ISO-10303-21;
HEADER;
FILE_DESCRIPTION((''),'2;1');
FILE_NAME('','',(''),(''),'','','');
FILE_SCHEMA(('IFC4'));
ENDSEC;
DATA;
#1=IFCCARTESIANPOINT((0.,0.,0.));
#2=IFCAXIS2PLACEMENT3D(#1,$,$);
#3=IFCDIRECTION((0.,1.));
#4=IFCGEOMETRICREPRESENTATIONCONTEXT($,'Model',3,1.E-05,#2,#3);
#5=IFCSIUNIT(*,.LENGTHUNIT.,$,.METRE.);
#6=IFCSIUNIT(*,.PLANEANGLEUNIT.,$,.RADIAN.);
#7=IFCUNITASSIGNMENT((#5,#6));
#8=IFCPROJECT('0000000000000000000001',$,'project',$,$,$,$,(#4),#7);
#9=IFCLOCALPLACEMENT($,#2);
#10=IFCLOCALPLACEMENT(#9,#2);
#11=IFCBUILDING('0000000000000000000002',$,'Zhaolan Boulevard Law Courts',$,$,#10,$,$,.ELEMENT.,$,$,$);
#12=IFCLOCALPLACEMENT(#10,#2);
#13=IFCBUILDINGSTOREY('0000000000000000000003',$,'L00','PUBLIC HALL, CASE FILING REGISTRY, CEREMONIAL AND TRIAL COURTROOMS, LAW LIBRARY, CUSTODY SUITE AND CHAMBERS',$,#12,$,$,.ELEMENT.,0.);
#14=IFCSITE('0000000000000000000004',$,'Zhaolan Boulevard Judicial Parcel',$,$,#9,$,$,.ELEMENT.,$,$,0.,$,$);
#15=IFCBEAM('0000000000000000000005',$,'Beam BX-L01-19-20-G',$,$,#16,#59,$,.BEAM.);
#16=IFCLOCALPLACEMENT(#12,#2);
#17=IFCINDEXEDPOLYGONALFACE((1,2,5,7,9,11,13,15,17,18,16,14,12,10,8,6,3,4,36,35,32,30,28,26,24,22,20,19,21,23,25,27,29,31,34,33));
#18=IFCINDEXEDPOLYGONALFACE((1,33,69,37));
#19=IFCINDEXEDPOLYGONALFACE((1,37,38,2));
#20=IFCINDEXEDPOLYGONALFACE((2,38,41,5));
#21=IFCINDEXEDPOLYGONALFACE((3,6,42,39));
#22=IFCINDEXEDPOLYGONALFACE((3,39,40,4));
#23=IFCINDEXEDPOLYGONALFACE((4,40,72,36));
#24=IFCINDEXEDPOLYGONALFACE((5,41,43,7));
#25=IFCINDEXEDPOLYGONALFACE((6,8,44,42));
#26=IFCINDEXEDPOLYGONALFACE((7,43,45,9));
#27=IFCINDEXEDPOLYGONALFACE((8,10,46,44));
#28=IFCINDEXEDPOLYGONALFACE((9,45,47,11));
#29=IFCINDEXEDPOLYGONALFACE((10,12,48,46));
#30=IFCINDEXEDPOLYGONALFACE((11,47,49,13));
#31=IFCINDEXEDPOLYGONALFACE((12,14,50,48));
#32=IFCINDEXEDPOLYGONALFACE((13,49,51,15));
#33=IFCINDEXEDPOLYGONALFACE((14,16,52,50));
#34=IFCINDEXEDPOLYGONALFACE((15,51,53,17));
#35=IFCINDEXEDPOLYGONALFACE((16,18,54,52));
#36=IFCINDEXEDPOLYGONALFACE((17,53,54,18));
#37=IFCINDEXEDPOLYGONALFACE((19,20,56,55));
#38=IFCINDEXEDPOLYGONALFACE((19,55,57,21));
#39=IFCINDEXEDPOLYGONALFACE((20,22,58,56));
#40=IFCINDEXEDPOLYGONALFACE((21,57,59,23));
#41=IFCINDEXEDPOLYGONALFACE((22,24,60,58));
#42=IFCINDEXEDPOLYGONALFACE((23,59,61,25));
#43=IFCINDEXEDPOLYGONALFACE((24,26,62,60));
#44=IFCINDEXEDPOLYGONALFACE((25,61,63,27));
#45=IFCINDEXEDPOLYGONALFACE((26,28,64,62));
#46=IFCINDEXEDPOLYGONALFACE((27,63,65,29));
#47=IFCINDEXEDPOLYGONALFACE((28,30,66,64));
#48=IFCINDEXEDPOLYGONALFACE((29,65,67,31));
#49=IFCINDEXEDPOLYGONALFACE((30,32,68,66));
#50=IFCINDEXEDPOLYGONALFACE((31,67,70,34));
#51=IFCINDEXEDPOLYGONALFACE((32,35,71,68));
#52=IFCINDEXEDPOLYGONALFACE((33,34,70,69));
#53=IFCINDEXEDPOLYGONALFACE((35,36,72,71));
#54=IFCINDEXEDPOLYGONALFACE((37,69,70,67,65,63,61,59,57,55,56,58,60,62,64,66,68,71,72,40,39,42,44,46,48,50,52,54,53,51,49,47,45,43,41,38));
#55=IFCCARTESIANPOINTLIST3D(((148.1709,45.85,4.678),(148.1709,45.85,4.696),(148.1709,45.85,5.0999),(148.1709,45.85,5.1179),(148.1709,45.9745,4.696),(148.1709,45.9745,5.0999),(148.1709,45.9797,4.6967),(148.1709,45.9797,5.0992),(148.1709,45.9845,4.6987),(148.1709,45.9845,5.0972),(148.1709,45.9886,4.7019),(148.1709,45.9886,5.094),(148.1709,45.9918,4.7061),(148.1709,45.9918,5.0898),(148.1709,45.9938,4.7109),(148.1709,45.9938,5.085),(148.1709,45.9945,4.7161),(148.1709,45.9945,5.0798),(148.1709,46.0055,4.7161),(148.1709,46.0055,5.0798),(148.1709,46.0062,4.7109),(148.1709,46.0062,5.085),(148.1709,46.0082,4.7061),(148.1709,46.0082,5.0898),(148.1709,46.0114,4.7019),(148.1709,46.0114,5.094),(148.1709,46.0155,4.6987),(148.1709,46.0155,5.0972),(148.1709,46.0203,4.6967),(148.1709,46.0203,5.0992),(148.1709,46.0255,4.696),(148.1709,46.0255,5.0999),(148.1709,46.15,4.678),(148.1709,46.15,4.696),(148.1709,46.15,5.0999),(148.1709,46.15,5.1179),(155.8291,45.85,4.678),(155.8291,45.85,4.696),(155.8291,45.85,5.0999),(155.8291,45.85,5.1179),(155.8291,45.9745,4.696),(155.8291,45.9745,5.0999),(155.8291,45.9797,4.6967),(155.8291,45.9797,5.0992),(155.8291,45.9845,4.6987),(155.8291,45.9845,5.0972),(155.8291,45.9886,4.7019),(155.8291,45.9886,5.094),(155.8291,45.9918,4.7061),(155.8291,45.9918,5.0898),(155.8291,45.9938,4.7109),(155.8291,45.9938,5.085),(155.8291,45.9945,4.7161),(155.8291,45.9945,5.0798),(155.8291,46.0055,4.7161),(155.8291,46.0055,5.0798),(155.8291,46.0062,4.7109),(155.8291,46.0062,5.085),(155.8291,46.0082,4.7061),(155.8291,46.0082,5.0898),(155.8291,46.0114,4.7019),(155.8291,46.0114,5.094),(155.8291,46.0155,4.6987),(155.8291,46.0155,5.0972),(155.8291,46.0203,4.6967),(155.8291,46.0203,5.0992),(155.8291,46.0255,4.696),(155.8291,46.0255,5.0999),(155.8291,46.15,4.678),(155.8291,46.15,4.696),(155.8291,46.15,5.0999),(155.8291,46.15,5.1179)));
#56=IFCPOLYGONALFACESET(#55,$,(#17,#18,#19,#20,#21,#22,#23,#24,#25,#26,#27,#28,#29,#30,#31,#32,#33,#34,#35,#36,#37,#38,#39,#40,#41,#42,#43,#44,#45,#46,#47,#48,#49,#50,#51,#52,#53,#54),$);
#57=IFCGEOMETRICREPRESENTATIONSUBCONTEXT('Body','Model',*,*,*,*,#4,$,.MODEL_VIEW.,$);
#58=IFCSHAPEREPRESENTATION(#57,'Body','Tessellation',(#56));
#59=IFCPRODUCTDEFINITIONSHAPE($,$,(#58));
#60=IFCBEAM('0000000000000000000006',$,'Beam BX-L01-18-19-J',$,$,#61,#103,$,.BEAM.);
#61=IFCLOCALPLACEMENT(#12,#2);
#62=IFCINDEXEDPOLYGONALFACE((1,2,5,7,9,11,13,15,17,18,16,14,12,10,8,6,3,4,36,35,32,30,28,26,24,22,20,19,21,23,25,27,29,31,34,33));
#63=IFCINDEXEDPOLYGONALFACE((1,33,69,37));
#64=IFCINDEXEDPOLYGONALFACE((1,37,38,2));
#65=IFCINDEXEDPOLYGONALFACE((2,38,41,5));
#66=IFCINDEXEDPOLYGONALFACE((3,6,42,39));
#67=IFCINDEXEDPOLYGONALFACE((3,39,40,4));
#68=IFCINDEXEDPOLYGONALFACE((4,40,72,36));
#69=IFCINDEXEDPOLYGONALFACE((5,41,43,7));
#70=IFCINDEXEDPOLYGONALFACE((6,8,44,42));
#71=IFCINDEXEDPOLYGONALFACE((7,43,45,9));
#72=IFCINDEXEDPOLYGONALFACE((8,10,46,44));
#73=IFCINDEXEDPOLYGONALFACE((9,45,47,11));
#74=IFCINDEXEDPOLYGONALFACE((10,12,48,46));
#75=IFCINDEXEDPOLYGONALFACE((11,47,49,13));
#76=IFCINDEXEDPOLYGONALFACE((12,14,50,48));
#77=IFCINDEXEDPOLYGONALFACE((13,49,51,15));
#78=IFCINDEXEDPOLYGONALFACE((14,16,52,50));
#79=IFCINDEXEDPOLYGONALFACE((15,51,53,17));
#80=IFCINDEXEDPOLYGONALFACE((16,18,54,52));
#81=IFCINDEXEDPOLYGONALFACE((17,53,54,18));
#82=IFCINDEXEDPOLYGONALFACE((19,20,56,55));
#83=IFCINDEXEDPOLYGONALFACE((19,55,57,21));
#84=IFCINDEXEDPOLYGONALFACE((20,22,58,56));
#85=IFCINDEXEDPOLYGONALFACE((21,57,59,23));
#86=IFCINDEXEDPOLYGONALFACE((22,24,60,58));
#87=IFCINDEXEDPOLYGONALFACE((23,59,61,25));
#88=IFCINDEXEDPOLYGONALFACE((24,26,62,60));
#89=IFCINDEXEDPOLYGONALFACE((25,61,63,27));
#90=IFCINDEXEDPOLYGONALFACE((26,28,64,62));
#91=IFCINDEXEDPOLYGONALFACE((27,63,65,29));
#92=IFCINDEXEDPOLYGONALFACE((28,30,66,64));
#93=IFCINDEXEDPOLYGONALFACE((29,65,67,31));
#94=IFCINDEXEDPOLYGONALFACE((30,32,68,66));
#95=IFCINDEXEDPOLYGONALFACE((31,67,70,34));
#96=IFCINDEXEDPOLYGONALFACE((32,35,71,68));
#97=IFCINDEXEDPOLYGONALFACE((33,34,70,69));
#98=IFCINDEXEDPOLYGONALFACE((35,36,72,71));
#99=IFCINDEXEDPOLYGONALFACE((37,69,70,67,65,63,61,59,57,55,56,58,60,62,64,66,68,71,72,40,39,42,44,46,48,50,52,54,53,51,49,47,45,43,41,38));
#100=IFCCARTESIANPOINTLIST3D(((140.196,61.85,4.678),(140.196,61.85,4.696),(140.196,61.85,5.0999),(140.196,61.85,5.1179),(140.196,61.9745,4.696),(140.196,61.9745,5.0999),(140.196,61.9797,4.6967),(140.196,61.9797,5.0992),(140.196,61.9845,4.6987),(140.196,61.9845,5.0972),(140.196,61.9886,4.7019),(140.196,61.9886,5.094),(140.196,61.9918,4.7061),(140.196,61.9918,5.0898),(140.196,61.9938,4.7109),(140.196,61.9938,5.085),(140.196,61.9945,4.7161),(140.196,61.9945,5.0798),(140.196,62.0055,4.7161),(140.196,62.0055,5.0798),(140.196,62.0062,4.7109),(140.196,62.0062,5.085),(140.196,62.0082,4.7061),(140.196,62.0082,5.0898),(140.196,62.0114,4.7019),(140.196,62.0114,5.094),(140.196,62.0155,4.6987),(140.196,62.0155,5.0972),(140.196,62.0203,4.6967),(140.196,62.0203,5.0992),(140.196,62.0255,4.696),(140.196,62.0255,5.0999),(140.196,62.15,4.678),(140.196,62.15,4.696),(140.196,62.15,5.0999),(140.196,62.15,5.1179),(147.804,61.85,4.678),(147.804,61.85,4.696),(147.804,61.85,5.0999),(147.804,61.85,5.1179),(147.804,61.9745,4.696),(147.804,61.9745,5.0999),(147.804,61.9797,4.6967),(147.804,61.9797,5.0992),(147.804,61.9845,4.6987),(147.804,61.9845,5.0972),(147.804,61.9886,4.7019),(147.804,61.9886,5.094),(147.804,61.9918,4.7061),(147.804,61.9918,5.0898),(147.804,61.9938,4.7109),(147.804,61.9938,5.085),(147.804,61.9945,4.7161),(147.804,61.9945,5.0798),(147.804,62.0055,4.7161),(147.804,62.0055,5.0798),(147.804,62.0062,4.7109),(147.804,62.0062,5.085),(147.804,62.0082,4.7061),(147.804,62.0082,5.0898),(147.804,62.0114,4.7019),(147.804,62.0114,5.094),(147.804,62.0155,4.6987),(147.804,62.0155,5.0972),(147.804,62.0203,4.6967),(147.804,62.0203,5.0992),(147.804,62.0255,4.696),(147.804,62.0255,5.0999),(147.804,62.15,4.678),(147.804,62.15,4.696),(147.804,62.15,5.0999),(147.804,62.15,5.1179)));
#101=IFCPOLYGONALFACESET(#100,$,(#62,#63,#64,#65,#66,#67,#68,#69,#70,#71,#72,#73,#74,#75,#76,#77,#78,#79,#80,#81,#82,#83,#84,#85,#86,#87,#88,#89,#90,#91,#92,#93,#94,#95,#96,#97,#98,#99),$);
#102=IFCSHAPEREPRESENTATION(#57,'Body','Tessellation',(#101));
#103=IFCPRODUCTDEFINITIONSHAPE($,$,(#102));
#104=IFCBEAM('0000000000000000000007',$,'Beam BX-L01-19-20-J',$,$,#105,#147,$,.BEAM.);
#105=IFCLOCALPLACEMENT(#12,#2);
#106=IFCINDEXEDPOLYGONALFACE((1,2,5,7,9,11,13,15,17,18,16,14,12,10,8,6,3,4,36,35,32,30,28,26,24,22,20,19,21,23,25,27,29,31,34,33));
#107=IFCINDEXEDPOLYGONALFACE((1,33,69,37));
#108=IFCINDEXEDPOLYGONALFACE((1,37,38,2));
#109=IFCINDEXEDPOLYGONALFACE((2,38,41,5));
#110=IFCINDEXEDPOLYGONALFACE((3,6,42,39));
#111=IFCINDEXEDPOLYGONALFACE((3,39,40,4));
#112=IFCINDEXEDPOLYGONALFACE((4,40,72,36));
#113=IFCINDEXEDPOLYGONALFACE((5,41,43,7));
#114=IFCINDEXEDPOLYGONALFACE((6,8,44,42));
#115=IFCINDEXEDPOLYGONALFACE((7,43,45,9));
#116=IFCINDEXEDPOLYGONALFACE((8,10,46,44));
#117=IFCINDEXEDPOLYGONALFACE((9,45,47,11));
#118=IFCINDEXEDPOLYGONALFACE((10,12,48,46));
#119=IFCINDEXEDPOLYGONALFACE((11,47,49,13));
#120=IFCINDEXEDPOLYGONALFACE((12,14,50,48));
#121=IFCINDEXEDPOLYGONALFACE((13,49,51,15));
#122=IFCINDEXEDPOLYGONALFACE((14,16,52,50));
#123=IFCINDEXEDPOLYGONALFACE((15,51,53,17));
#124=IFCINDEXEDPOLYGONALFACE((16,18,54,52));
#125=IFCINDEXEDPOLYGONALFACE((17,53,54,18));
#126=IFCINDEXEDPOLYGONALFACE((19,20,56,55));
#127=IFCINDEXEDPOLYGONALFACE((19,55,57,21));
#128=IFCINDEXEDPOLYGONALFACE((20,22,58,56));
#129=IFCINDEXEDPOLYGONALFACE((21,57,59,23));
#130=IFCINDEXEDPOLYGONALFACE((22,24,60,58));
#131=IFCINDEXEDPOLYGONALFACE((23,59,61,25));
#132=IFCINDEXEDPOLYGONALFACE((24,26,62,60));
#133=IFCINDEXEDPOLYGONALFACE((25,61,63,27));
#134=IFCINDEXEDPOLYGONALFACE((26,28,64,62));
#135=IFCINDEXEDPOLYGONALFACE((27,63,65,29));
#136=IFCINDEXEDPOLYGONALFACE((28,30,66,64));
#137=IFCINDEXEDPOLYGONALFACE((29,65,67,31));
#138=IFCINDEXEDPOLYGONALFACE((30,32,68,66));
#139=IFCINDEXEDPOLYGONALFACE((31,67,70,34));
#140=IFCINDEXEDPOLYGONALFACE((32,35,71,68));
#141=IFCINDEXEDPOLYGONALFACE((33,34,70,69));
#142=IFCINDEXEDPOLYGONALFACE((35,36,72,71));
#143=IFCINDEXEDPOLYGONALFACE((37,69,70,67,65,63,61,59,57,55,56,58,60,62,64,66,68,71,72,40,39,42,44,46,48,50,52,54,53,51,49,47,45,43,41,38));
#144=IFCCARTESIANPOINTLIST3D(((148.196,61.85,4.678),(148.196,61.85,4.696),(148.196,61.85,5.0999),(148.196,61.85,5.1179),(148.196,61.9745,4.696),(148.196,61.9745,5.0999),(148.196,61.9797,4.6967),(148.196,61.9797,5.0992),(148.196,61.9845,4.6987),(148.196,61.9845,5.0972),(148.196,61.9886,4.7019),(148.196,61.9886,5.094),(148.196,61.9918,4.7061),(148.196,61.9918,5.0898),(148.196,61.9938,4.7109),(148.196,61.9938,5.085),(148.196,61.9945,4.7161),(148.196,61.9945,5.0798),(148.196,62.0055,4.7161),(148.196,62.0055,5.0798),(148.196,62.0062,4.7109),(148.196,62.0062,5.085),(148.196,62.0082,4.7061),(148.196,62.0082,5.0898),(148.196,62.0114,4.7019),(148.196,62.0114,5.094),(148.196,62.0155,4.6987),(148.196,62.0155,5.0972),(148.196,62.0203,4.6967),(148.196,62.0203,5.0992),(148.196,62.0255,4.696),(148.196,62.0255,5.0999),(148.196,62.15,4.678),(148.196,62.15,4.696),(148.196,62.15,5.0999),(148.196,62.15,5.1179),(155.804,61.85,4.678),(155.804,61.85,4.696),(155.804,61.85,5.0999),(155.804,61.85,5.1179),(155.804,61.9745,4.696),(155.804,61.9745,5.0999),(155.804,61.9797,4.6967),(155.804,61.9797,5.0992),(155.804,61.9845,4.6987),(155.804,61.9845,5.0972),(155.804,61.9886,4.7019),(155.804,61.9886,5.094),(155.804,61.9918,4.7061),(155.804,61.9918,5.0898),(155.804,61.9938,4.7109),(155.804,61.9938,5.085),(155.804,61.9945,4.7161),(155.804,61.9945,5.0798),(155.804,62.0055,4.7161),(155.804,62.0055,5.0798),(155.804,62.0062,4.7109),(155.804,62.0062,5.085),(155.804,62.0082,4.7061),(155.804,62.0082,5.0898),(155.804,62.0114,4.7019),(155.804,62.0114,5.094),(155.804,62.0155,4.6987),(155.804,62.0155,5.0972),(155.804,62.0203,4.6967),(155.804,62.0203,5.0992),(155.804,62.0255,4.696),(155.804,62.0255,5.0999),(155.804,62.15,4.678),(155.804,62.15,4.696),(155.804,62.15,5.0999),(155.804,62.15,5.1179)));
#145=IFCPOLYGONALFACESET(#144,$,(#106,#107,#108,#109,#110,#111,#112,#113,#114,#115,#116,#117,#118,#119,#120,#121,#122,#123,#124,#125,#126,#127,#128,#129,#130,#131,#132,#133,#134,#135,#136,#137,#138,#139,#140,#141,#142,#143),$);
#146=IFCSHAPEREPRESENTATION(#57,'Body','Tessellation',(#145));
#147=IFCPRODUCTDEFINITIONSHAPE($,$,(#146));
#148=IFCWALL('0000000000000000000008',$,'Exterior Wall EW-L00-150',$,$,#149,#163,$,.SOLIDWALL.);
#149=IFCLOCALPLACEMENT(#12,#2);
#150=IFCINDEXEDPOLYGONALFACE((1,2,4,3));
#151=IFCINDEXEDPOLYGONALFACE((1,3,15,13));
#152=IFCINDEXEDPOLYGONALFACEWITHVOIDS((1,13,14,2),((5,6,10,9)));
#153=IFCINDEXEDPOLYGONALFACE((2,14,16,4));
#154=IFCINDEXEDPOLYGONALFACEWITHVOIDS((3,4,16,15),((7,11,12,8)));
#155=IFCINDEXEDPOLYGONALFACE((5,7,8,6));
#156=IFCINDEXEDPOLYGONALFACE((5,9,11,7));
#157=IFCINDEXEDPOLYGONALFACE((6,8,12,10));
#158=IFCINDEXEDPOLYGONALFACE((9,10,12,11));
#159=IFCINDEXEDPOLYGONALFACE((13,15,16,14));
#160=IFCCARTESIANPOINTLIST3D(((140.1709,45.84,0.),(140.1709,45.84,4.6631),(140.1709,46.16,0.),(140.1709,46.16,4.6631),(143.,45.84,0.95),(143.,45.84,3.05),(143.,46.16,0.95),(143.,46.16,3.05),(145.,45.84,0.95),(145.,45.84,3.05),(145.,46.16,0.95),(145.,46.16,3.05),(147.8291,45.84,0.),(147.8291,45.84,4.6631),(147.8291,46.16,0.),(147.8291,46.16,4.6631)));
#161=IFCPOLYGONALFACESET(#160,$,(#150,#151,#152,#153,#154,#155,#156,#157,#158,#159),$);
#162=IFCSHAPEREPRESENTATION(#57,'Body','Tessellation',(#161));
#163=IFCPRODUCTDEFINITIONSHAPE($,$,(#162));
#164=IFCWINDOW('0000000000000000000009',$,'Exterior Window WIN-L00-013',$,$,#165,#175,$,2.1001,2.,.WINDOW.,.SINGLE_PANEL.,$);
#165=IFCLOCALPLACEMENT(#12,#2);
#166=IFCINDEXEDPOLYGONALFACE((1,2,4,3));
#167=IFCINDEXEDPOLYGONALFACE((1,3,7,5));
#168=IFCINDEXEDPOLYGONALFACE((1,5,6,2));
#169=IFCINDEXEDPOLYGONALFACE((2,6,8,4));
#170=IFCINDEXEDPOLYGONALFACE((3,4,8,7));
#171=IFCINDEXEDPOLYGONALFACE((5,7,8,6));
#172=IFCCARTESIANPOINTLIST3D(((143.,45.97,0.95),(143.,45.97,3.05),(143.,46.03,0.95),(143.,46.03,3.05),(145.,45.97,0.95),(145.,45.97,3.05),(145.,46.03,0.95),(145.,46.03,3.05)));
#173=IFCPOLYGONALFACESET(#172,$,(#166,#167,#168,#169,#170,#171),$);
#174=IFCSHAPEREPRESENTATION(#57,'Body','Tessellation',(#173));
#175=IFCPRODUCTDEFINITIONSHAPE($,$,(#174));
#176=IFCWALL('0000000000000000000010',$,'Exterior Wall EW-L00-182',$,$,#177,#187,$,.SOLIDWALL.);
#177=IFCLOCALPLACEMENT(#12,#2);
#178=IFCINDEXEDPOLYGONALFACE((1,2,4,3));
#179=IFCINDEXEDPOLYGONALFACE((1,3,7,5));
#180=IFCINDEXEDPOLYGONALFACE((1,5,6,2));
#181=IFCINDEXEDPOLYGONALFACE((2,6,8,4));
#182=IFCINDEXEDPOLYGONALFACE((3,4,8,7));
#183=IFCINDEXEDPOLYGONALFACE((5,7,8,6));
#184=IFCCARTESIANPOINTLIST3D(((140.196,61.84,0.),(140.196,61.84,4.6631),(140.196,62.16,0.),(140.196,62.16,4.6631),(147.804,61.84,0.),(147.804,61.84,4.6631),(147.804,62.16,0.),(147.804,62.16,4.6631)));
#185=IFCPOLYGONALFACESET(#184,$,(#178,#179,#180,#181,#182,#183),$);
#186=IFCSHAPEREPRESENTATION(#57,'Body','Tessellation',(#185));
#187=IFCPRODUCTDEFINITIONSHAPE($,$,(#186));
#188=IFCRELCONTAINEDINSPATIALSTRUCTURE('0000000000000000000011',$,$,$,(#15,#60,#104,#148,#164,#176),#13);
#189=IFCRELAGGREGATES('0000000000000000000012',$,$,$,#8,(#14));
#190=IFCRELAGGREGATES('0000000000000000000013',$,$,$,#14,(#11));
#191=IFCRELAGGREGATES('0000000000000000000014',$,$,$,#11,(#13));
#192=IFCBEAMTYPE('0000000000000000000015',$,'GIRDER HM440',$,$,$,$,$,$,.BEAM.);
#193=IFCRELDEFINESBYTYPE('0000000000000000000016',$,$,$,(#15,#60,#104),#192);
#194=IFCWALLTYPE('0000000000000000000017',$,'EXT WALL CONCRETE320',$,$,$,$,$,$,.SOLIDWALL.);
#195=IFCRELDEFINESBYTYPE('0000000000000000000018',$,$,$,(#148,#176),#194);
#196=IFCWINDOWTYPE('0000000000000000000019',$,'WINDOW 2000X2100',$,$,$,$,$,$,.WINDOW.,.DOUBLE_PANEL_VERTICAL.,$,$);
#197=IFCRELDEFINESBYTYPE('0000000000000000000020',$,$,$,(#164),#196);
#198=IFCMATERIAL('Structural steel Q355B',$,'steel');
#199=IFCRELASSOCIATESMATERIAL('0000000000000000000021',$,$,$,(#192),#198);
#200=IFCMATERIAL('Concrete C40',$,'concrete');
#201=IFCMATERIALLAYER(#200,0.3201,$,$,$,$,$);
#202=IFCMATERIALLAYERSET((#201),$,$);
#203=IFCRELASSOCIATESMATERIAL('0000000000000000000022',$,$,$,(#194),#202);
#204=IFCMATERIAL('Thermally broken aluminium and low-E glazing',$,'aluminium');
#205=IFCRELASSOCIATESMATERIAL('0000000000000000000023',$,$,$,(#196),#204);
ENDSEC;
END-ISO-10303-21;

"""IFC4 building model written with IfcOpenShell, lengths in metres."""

from ifc_helpers import new_model, si_unit, direction, frame, frame_2d, origin, origin_2d, place, context, subcontext, project, spatial, rectangle, i_section, extrude, material, layer, layer_set, material_profile, profile_set, type_object, element, fill, save


model = new_model("IFC4")

# Units and contexts
model_context = context("Model", 3, precision=1e-05, world=origin(), true_north=direction((0.0, 1.0)))
body_context = subcontext(model_context, "Body", "Model", "MODEL_VIEW")
ifc_project = project(units=[si_unit("LENGTHUNIT", "METRE"), si_unit("PLANEANGLEUNIT", "RADIAN")], contexts=[model_context])

# Site, building, storey
site_placement = place(None, origin())
site = spatial("IfcSite", under=ifc_project, at=site_placement, Name="Zhaolan Boulevard Judicial Parcel", CompositionType="ELEMENT", RefElevation=0.0)
building_placement = place(site_placement, origin())
building = spatial("IfcBuilding", under=site, at=building_placement, Name="Zhaolan Boulevard Law Courts", CompositionType="ELEMENT")
storey_placement = place(building_placement, origin())
storey = spatial("IfcBuildingStorey", under=building, at=storey_placement, Name="L00", Description="PUBLIC HALL, CASE FILING REGISTRY, CEREMONIAL AND TRIAL COURTROOMS, LAW LIBRARY, CUSTODY SUITE AND CHAMBERS", CompositionType="ELEMENT", Elevation=0.0)

# Beams
ifc_material_1 = material(Name="Structural steel Q355B", Category="steel")
ifc_material_profile_1 = material_profile(ifc_material_1, i_section(OverallWidth=0.3, OverallDepth=0.4399, WebThickness=0.011, FlangeThickness=0.0181, FilletRadius=0.02, at=origin_2d()), Name="HM440x300")
ifc_profile_set_1 = profile_set([ifc_material_profile_1], Name="Structural steel Q355B")
beam_type = type_object("IfcBeamType", Name="GIRDER HM440", PredefinedType="BEAM", material=ifc_profile_set_1)
for number, where, z_axis, x_axis, name in (
    (1, (148.1709, 46.0, 4.8979), (1.0, 0.0, 0.0), (0.0, 1.0, 0.0), "Beam BX-L01-19-20-G"),
):
    element("IfcBeam", number, at=place(storey_placement, frame(where, z_axis=z_axis, x_axis=x_axis)), inside=storey, type_object=beam_type, Name=name, PredefinedType="BEAM", context=body_context, shape_type="SweptSolid", body=[
        extrude(i_section(OverallWidth=0.3, OverallDepth=0.4399, WebThickness=0.011, FlangeThickness=0.0181, FilletRadius=0.02, at=origin_2d()), origin(), (0.0, 0.0, 1.0), 7.6582),
    ])
for number, where, z_axis, x_axis, name in (
    (2, (140.196, 62.0, 4.8979), (1.0, 0.0, 0.0), (0.0, 1.0, 0.0), "Beam BX-L01-18-19-J"),
    (3, (148.196, 62.0, 4.8979), (1.0, 0.0, 0.0), (0.0, 1.0, 0.0), "Beam BX-L01-19-20-J"),
):
    element("IfcBeam", number, at=place(storey_placement, frame(where, z_axis=z_axis, x_axis=x_axis)), inside=storey, type_object=beam_type, Name=name, PredefinedType="BEAM", context=body_context, shape_type="SweptSolid", body=[
        extrude(i_section(OverallWidth=0.3, OverallDepth=0.4399, WebThickness=0.011, FlangeThickness=0.0181, FilletRadius=0.02, at=origin_2d()), origin(), (0.0, 0.0, 1.0), 7.6079),
    ])

# Wall, opening, window
ifc_material_2 = material(Name="Concrete C40", Category="concrete")
ifc_layer_1 = layer(ifc_material_2, 0.3201)
ifc_layer_set_1 = layer_set([ifc_layer_1])
wall_type_1 = type_object("IfcWallType", Name="EXT WALL CONCRETE320", PredefinedType="SOLIDWALL", material=ifc_layer_set_1)
wall_1_placement = place(storey_placement, frame((147.8291, 46.0, 0.0), z_axis=(0.0, 0.0, 1.0), x_axis=(-1.0, 0.0, 0.0)))
wall_1 = element("IfcWall", 4, at=wall_1_placement, inside=storey, type_object=wall_type_1, Name="Exterior Wall EW-L00-150", PredefinedType="SOLIDWALL", context=body_context, shape_type="SweptSolid", body=[
    extrude(rectangle(XDim=7.6582, YDim=0.3201, at=frame_2d((3.8291, 0.0))), origin(), (0.0, 0.0, 1.0), 4.6631),
])
opening_1_placement = place(wall_1_placement, frame((2.8291, 0.0, 0.95)))
opening_1 = element("IfcOpeningElement", 5, at=opening_1_placement, cuts=wall_1, PredefinedType="OPENING", context=body_context, shape_type="SweptSolid", body=[
    extrude(rectangle(XDim=2.0, YDim=2.1001, at=frame_2d((1.0, 1.05))), frame((0.0, 0.1699, 0.0), z_axis=(0.0, -1.0, 0.0), x_axis=(1.0, 0.0, 0.0)), (0.0, 0.0, 1.0), 0.3401),
])
ifc_material_3 = material(Name="Thermally broken aluminium and low-E glazing", Category="aluminium")
window_type_1 = type_object("IfcWindowType", Name="WINDOW 2000X2100", PartitioningType="DOUBLE_PANEL_VERTICAL", PredefinedType="WINDOW", material=ifc_material_3)
window_1_placement = place(opening_1_placement, origin())
window_1 = element("IfcWindow", 6, at=window_1_placement, inside=storey, type_object=window_type_1, Name="Exterior Window WIN-L00-013", OverallHeight=2.1001, OverallWidth=2.0, PartitioningType="SINGLE_PANEL", PredefinedType="WINDOW", context=body_context, shape_type="SweptSolid", body=[
    extrude(rectangle(XDim=2.0, YDim=2.1001, at=frame_2d((1.0, 1.05))), frame((0.0, 0.03, 0.0), z_axis=(0.0, -1.0, 0.0), x_axis=(1.0, 0.0, 0.0)), (0.0, 0.0, 1.0), 0.0601),
])
fill(opening_1, window_1)

# Wall
wall_2_placement = place(storey_placement, frame((140.196, 62.0, 0.0), z_axis=(0.0, 0.0, 1.0), x_axis=(1.0, 0.0, 0.0)))
element("IfcWall", 7, at=wall_2_placement, inside=storey, type_object=wall_type_1, Name="Exterior Wall EW-L00-182", PredefinedType="SOLIDWALL", context=body_context, shape_type="SweptSolid", body=[
    extrude(rectangle(XDim=7.6079, YDim=0.3201, at=frame_2d((3.804, 0.0))), origin(), (0.0, 0.0, 1.0), 4.6631),
])

save(model, "model.ifc")
